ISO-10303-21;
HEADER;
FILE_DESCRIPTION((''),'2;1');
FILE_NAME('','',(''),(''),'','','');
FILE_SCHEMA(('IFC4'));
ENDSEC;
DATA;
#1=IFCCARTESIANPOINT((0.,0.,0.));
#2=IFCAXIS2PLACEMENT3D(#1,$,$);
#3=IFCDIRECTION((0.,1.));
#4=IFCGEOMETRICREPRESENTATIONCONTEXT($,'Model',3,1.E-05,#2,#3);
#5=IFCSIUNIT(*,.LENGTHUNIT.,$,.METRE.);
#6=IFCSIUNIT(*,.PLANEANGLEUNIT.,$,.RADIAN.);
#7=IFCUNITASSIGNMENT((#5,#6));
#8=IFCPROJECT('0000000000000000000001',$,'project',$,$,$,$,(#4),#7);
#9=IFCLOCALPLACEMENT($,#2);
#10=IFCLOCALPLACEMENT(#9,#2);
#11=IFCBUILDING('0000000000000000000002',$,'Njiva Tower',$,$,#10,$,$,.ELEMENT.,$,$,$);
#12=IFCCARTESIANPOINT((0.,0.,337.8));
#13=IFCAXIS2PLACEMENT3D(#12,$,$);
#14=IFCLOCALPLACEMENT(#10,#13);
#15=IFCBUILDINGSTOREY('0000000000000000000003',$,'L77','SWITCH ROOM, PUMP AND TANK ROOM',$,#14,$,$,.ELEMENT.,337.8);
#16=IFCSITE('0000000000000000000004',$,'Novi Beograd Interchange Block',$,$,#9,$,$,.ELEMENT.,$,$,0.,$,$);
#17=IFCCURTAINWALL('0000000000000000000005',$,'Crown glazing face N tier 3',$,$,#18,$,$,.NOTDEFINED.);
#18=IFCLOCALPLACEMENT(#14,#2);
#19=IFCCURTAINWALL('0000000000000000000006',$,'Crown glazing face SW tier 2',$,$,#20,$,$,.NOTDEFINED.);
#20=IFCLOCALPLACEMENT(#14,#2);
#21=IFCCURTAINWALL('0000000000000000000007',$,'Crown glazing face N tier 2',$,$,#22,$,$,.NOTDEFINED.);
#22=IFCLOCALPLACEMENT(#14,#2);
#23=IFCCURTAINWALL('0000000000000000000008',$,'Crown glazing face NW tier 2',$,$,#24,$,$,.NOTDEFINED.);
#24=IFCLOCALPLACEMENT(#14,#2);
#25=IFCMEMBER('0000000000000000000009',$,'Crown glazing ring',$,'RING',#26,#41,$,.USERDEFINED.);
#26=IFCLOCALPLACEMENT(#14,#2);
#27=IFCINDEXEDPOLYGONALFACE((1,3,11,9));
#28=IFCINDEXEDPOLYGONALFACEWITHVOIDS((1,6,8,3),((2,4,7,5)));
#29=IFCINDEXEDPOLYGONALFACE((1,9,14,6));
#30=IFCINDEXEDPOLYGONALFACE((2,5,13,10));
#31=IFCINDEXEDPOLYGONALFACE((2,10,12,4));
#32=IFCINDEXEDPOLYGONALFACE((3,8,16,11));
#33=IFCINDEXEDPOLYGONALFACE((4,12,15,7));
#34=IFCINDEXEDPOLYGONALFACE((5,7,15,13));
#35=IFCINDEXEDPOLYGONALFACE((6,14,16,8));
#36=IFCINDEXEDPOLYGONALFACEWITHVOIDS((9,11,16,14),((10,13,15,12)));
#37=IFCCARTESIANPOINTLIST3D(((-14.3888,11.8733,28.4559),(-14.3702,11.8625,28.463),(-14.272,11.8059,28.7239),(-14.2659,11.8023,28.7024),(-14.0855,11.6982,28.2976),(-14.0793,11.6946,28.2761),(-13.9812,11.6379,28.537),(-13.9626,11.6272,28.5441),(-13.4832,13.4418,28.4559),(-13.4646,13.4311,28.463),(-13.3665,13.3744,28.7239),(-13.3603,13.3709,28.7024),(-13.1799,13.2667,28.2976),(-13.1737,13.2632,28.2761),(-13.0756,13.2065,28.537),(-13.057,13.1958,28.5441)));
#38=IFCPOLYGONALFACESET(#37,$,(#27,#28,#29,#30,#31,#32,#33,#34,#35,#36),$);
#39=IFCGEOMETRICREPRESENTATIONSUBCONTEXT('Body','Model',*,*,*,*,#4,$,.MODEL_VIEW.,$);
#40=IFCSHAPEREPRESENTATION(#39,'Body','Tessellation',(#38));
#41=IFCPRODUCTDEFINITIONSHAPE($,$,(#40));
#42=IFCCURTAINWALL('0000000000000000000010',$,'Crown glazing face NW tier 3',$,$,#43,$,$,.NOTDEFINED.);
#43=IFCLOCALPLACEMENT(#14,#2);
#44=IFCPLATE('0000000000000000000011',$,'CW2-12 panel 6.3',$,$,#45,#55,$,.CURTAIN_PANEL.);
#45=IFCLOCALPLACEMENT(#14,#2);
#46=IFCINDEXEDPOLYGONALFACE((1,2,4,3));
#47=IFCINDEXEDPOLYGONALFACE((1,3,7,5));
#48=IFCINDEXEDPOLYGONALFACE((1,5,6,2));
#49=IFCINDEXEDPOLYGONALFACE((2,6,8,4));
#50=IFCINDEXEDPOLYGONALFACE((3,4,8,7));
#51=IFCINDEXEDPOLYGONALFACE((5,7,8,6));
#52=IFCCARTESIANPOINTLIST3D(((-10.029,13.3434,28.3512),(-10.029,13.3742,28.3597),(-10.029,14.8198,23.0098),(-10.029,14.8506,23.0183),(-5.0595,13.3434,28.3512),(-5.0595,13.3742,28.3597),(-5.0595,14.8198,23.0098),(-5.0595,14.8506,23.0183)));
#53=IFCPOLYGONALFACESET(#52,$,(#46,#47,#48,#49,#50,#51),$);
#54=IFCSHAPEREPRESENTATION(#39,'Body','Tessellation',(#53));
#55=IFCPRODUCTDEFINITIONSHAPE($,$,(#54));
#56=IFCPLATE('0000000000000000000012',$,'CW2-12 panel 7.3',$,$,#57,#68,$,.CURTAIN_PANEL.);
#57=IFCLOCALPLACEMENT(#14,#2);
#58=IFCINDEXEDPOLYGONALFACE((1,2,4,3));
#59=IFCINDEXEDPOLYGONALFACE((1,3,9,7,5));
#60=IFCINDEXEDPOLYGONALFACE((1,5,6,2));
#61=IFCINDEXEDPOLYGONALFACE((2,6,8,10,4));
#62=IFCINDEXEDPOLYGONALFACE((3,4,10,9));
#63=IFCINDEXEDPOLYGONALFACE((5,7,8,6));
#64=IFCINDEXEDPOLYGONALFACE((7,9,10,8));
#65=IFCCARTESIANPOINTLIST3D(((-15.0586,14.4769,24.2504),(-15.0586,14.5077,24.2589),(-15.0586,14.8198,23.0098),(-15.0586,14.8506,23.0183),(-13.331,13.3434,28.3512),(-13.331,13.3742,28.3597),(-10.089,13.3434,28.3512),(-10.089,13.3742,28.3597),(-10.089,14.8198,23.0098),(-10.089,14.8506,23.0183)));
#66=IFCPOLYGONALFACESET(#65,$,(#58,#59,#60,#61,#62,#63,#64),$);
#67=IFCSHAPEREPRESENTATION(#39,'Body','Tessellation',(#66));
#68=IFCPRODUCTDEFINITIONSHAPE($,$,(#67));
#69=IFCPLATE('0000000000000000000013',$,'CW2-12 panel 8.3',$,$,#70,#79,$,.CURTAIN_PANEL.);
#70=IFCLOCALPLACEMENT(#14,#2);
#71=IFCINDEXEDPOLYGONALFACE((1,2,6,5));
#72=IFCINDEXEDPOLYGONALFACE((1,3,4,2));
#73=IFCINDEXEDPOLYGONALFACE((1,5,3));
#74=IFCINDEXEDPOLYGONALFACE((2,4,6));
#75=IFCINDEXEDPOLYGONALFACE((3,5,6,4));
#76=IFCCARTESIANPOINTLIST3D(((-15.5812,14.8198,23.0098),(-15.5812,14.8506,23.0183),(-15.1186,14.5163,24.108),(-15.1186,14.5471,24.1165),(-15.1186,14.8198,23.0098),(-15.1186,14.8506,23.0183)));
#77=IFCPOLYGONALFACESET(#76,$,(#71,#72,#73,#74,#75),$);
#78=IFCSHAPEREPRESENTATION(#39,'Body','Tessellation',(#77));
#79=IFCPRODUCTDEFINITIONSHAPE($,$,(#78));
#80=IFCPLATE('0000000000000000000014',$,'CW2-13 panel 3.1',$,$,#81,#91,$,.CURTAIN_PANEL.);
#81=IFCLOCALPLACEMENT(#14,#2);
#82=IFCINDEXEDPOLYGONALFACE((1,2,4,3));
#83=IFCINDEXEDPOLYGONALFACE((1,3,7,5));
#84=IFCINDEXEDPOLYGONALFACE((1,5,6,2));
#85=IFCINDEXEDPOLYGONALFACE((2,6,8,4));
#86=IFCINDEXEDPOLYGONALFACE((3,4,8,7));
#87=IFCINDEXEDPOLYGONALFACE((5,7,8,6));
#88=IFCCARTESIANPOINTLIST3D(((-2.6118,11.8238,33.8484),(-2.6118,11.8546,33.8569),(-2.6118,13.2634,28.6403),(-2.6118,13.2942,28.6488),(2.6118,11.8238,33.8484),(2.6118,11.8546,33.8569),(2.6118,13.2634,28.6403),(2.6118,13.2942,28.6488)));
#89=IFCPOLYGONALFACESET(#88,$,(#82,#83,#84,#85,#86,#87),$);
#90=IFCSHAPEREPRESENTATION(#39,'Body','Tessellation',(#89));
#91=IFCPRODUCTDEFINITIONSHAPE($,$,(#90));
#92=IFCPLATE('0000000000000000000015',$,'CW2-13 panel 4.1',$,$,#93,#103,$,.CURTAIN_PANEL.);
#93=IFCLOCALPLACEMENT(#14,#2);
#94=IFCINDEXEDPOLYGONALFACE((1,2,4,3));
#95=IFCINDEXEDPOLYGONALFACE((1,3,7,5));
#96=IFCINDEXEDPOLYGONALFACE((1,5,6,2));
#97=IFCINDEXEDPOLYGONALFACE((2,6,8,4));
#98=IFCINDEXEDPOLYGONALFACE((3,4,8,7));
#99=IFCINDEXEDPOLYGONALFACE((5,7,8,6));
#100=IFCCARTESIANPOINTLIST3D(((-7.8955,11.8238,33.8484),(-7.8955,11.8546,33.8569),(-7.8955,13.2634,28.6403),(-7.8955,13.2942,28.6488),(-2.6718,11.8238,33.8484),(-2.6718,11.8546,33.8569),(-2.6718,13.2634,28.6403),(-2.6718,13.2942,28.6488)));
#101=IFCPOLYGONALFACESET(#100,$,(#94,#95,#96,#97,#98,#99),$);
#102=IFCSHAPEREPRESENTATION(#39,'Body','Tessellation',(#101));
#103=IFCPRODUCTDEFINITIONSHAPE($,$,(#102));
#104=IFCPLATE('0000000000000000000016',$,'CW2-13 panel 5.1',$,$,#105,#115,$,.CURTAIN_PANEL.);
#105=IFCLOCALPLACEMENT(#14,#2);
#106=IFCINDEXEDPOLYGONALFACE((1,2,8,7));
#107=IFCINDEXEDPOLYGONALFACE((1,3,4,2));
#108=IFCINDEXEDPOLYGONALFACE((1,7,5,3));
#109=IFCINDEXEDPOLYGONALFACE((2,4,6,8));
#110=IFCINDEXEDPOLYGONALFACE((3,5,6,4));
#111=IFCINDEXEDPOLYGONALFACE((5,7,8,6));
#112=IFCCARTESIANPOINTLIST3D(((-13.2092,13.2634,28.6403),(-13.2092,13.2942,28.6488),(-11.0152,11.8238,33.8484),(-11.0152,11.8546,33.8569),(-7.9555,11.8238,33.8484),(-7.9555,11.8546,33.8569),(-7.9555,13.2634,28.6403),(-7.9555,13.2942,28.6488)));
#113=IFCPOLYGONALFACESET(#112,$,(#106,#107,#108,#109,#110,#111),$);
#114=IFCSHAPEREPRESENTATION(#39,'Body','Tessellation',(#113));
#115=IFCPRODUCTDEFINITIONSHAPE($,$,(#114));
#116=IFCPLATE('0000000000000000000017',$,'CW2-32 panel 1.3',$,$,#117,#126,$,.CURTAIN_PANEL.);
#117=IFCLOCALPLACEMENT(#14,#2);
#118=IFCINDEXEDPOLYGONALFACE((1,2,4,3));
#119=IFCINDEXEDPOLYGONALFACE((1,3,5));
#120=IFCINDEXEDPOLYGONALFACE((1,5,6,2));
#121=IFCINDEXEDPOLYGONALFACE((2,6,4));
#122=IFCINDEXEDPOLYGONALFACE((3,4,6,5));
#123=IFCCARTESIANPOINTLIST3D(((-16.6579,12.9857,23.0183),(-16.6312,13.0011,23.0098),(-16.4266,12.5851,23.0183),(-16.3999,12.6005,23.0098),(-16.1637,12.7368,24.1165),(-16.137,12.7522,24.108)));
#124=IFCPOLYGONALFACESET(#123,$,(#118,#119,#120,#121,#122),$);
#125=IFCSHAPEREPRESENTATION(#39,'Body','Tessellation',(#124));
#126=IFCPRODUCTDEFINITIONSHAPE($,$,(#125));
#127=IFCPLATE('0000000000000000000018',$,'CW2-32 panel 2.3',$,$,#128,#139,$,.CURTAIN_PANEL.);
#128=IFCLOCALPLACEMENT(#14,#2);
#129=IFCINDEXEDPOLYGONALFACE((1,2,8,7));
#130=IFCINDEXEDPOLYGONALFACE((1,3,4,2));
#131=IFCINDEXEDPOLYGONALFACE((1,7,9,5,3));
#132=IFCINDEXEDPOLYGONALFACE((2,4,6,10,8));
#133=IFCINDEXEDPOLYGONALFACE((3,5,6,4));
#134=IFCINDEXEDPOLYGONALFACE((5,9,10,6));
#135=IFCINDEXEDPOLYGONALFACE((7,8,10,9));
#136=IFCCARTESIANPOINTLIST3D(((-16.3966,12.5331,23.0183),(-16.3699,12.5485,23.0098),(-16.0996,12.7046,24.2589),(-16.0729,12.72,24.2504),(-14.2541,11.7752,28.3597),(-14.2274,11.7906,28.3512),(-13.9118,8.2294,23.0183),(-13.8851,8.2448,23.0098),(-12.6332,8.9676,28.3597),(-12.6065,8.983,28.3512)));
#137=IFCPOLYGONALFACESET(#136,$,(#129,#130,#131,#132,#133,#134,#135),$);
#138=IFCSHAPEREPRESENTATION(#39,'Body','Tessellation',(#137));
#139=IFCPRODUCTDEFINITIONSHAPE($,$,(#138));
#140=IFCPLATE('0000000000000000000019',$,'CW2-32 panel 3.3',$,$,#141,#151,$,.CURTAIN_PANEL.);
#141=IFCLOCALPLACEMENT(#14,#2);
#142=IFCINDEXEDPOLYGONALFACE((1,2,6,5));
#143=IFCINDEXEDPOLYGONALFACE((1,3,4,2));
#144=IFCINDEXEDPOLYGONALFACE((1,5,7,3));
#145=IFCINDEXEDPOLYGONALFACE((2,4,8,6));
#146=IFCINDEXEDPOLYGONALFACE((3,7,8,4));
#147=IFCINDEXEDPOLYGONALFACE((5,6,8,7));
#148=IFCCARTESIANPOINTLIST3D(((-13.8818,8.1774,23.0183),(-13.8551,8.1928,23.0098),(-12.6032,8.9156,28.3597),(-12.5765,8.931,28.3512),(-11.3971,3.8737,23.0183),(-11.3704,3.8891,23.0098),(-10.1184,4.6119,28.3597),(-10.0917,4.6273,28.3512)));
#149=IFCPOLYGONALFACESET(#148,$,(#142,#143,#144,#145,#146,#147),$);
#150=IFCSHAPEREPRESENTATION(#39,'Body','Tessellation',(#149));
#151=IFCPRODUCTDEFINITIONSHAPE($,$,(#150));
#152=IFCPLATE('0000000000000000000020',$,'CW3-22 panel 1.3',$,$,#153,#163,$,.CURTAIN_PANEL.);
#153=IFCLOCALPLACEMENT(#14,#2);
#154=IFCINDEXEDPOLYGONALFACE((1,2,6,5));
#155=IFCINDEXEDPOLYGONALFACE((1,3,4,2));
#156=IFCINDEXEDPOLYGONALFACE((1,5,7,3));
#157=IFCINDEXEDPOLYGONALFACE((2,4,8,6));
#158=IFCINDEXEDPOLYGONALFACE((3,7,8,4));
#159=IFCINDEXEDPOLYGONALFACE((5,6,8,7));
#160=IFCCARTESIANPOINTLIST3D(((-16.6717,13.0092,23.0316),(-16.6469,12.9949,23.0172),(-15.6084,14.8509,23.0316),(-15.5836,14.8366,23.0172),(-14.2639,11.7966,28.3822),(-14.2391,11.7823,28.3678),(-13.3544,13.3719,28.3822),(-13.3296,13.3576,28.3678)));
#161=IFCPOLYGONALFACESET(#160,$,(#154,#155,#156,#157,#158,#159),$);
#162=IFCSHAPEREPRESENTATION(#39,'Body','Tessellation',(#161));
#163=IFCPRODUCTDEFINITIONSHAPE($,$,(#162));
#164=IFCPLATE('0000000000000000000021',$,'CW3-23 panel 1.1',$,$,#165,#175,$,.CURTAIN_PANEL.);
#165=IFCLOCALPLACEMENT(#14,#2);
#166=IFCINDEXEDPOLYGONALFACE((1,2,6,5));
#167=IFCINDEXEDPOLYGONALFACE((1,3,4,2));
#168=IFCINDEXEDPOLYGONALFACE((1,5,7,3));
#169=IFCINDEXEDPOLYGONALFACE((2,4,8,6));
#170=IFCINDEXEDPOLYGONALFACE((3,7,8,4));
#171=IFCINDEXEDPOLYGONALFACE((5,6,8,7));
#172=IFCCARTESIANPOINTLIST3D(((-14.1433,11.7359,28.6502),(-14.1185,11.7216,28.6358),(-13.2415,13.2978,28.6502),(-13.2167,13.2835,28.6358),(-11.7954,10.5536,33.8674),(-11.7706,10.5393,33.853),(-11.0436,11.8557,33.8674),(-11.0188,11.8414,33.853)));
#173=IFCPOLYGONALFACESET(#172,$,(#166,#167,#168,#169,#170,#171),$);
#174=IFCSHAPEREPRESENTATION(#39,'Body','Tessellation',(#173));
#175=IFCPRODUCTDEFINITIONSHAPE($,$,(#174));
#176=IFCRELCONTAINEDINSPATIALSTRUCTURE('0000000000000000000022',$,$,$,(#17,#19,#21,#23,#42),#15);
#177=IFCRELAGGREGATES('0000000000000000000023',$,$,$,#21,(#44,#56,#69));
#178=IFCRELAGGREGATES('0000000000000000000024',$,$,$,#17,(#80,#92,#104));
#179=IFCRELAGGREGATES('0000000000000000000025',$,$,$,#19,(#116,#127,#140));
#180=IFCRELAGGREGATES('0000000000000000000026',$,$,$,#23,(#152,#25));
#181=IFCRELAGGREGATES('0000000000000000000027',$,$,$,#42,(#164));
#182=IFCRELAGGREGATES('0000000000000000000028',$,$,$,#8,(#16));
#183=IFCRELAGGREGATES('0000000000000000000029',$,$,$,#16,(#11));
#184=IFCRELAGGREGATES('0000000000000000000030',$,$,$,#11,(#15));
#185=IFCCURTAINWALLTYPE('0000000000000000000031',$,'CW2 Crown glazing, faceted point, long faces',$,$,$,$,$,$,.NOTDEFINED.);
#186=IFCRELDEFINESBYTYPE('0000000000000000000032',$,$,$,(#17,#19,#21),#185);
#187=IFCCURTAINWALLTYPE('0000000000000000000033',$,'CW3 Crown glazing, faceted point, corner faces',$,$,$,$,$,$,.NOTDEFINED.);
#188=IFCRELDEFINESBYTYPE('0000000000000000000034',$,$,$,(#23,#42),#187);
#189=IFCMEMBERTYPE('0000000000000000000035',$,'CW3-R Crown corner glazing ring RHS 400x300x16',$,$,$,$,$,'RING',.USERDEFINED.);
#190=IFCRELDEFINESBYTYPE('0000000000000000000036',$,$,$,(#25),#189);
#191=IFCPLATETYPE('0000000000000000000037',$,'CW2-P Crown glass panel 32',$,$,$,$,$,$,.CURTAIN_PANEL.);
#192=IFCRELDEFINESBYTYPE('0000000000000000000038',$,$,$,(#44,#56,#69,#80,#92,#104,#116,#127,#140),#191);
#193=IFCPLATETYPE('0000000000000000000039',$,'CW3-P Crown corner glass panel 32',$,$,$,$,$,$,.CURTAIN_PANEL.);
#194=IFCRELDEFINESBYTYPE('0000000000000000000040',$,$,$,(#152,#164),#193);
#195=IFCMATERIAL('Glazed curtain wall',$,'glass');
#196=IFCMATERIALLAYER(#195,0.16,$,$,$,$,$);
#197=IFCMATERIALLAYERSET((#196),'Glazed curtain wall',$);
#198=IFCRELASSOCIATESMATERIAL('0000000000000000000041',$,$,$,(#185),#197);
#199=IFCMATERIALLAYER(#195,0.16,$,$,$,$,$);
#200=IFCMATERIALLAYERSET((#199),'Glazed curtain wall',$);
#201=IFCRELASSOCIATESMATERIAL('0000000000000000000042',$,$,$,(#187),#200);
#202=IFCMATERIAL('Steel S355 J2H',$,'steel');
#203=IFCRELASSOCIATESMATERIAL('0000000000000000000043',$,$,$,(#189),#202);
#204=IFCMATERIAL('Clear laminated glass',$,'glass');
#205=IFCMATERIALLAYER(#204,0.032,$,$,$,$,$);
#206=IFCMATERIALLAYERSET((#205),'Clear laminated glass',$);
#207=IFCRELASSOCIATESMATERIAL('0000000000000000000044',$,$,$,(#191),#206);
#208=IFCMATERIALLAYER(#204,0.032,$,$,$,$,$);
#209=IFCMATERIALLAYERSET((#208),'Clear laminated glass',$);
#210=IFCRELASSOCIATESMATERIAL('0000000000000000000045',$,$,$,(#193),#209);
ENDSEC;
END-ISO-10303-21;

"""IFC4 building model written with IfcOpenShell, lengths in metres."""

from ifc_helpers import new_model, si_unit, direction, frame, origin, origin_2d, place, context, subcontext, project, spatial, polyline, hollow_rectangle, outline, extrude, material, layer, layer_set, material_profile, profile_set, type_object, element, aggregate, save


model = new_model("IFC4")

# Units and contexts
model_context = context("Model", 3, precision=1e-05, world=origin(), true_north=direction((0.0, 1.0)))
body_context = subcontext(model_context, "Body", "Model", "MODEL_VIEW")
ifc_project = project(units=[si_unit("LENGTHUNIT", "METRE"), si_unit("PLANEANGLEUNIT", "RADIAN")], contexts=[model_context])

# Site, building, storey
site_placement = place(None, origin())
site = spatial("IfcSite", under=ifc_project, at=site_placement, Name="Novi Beograd Interchange Block", CompositionType="ELEMENT", RefElevation=0.0)
building_placement = place(site_placement, origin())
building = spatial("IfcBuilding", under=site, at=building_placement, Name="Njiva Tower", CompositionType="ELEMENT")
storey_placement = place(building_placement, frame((0.0, 0.0, 337.8)))
storey = spatial("IfcBuildingStorey", under=building, at=storey_placement, Name="L77", Description="SWITCH ROOM, PUMP AND TANK ROOM", CompositionType="ELEMENT", Elevation=337.8)

# Curtain wall
ifc_material_1 = material(Name="Glazed curtain wall", Category="glass")
ifc_layer_1 = layer(ifc_material_1, 0.16)
ifc_layer_set_1 = layer_set([ifc_layer_1], Name="Glazed curtain wall")
curtain_wall_type_1 = type_object("IfcCurtainWallType", Name="CW2 Crown glazing, faceted point, long faces", PredefinedType="NOTDEFINED", material=ifc_layer_set_1)
curtain_wall_1_placement = place(storey_placement, origin())
curtain_wall_1 = element("IfcCurtainWall", 1, at=curtain_wall_1_placement, inside=storey, type_object=curtain_wall_type_1, Name="Crown glazing face N tier 3", PredefinedType="NOTDEFINED")

# Curtain wall
curtain_wall_2_placement = place(storey_placement, origin())
curtain_wall_2 = element("IfcCurtainWall", 2, at=curtain_wall_2_placement, inside=storey, type_object=curtain_wall_type_1, Name="Crown glazing face SW tier 2", PredefinedType="NOTDEFINED")
ifc_material_2 = material(Name="Steel S355 J2H", Category="steel")

# Curtain wall
curtain_wall_3_placement = place(storey_placement, origin())
curtain_wall_3 = element("IfcCurtainWall", 3, at=curtain_wall_3_placement, inside=storey, type_object=curtain_wall_type_1, Name="Crown glazing face N tier 2", PredefinedType="NOTDEFINED")

# Curtain wall, member
ifc_layer_2 = layer(ifc_material_1, 0.16)
ifc_layer_set_2 = layer_set([ifc_layer_2], Name="Glazed curtain wall")
curtain_wall_type_2 = type_object("IfcCurtainWallType", Name="CW3 Crown glazing, faceted point, corner faces", PredefinedType="NOTDEFINED", material=ifc_layer_set_2)
curtain_wall_4_placement = place(storey_placement, origin())
curtain_wall_4 = element("IfcCurtainWall", 4, at=curtain_wall_4_placement, inside=storey, type_object=curtain_wall_type_2, Name="Crown glazing face NW tier 2", PredefinedType="NOTDEFINED")
ifc_material_profile_1 = material_profile(ifc_material_2, hollow_rectangle(XDim=0.3, YDim=0.4, WallThickness=0.016, at=origin_2d()), Name="BOX 400x300x16")
ifc_profile_set_1 = profile_set([ifc_material_profile_1], Name="Steel S355 J2H")
member_type_1 = type_object("IfcMemberType", Name="CW3-R Crown corner glazing ring RHS 400x300x16", ElementType="RING", PredefinedType="USERDEFINED", material=ifc_profile_set_1)
member_1_placement = place(storey_placement, frame((-13.2701, 13.3188, 28.5), z_axis=(-0.499987, -0.866033, 0.0), x_axis=(0.389184, -0.224688, 0.893337)))
member_1 = element("IfcMember", 5, at=member_1_placement, type_object=member_type_1, Name="Crown glazing ring", ObjectType="RING", PredefinedType="USERDEFINED", context=body_context, shape_type="SweptSolid", body=[
    extrude(hollow_rectangle(XDim=0.3, YDim=0.4, WallThickness=0.016, at=origin_2d()), origin(), (0.0, 0.0, 1.0), 1.8112),
])

# Curtain wall
curtain_wall_5_placement = place(storey_placement, origin())
curtain_wall_5 = element("IfcCurtainWall", 6, at=curtain_wall_5_placement, inside=storey, type_object=curtain_wall_type_2, Name="Crown glazing face NW tier 3", PredefinedType="NOTDEFINED")

# Plates
ifc_material_3 = material(Name="Clear laminated glass", Category="glass")
ifc_layer_3 = layer(ifc_material_3, 0.032)
ifc_layer_set_3 = layer_set([ifc_layer_3], Name="Clear laminated glass")
plate_type_1 = type_object("IfcPlateType", Name="CW2-P Crown glass panel 32", PredefinedType="CURTAIN_PANEL", material=ifc_layer_set_3)
plate_1_placement = place(storey_placement, frame((-5.0595, 13.3742, 28.3597), z_axis=(0.0, 0.963858, 0.266417), x_axis=(0.0, 0.266417, -0.963858)))
plate_1 = element("IfcPlate", 7, at=plate_1_placement, type_object=plate_type_1, Name="CW2-12 panel 6.3", PredefinedType="CURTAIN_PANEL", context=body_context, shape_type="SweptSolid", body=[
    extrude(outline(polyline([(0.0, 0.0), (5.5417, 0.0), (5.5417, 4.9695), (0.0, 4.9695), (0.0, 0.0)])), origin(), (0.0, 0.0, -1.0), 0.032),
])
plate_2_placement = place(storey_placement, frame((-10.089, 13.3742, 28.3597), z_axis=(0.000001, 0.963858, 0.266417), x_axis=(0.0, 0.266417, -0.963858)))
plate_2 = element("IfcPlate", 8, at=plate_2_placement, type_object=plate_type_1, Name="CW2-12 panel 7.3", PredefinedType="CURTAIN_PANEL", context=body_context, shape_type="SweptSolid", body=[
    extrude(outline(polyline([(0.0, 0.0), (5.5417, 0.0), (5.5417, 4.9696), (4.2546, 4.9696), (0.0, 3.242), (0.0, 0.0)])), origin(), (0.0, 0.0, -1.0), 0.032),
])
plate_3_placement = place(storey_placement, frame((-15.1186, 14.5471, 24.1165), z_axis=(0.0, 0.963869, 0.266376), x_axis=(0.0, 0.266376, -0.963869)))
plate_3 = element("IfcPlate", 9, at=plate_3_placement, type_object=plate_type_1, Name="CW2-12 panel 8.3", PredefinedType="CURTAIN_PANEL", context=body_context, shape_type="SweptSolid", body=[
    extrude(outline(polyline([(0.0, 0.0), (1.1394, 0.0), (1.1394, 0.4626), (0.0, 0.0)])), origin(), (0.0, 0.0, -1.0), 0.032),
])
aggregate(curtain_wall_3, [plate_1, plate_2, plate_3])
plate_4_placement = place(storey_placement, frame((-2.6118, 13.2942, 28.6488), z_axis=(0.0, 0.963856, 0.266425), x_axis=(0.0, -0.266425, 0.963856)))
plate_4 = element("IfcPlate", 10, at=plate_4_placement, type_object=plate_type_1, Name="CW2-13 panel 3.1", PredefinedType="CURTAIN_PANEL", context=body_context, shape_type="SweptSolid", body=[
    extrude(outline(polyline([(0.0, 0.0), (5.4034, 0.0), (5.4034, 5.2236), (0.0, 5.2236), (0.0, 0.0)])), origin(), (0.0, 0.0, -1.0), 0.032),
])
plate_5_placement = place(storey_placement, frame((-7.8955, 13.2942, 28.6488), z_axis=(0.0, 0.963856, 0.266425), x_axis=(0.0, -0.266425, 0.963856)))
plate_5 = element("IfcPlate", 11, at=plate_5_placement, type_object=plate_type_1, Name="CW2-13 panel 4.1", PredefinedType="CURTAIN_PANEL", context=body_context, shape_type="SweptSolid", body=[
    extrude(outline(polyline([(0.0, 0.0), (5.4034, 0.0), (5.4034, 5.2237), (0.0, 5.2237), (0.0, 0.0)])), origin(), (0.0, 0.0, -1.0), 0.032),
])
plate_6_placement = place(storey_placement, frame((-11.0152, 11.8546, 33.8569), z_axis=(0.0, 0.963856, 0.266425), x_axis=(1.0, 0.0, 0.0)))
plate_6 = element("IfcPlate", 12, at=plate_6_placement, type_object=plate_type_1, Name="CW2-13 panel 5.1", PredefinedType="CURTAIN_PANEL", context=body_context, shape_type="SweptSolid", body=[
    extrude(outline(polyline([(0.0, 0.0), (3.0597, 0.0), (3.0597, 5.4034), (-2.194, 5.4034), (0.0, 0.0)])), origin(), (0.0, 0.0, -1.0), 0.032),
])
aggregate(curtain_wall_1, [plate_4, plate_5, plate_6])
plate_7_placement = place(storey_placement, frame((-16.6579, 12.9857, 23.0183), z_axis=(-0.834718, -0.481952, 0.266399), x_axis=(0.500022, -0.866013, 0.0)))
plate_7 = element("IfcPlate", 13, at=plate_7_placement, type_object=plate_type_1, Name="CW2-32 panel 1.3", PredefinedType="CURTAIN_PANEL", context=body_context, shape_type="SweptSolid", body=[
    extrude(outline(polyline([(0.0, 0.0), (0.4626, 0.0), (0.4627, 1.1394), (0.0, 0.0)])), origin(), (0.0, 0.0, -1.0), 0.032),
])
plate_8_placement = place(storey_placement, frame((-16.0996, 12.7046, 24.2589), z_axis=(-0.834725, -0.481924, 0.266428), x_axis=(-0.230724, -0.133229, -0.963855)))
plate_8 = element("IfcPlate", 14, at=plate_8_placement, type_object=plate_type_1, Name="CW2-32 panel 2.3", PredefinedType="CURTAIN_PANEL", context=body_context, shape_type="SweptSolid", body=[
    extrude(outline(polyline([(0.0, 0.0), (1.2871, 0.0), (1.2872, 4.9695), (-4.2545, 4.9696), (-4.2546, 1.7277), (0.0, 0.0)])), origin(), (0.0, 0.0, -1.0), 0.032),
])
plate_9_placement = place(storey_placement, frame((-12.6032, 8.9156, 28.3597), z_axis=(-0.834723, -0.481929, 0.266424), x_axis=(-0.23073, -0.133212, -0.963856)))
plate_9 = element("IfcPlate", 15, at=plate_9_placement, type_object=plate_type_1, Name="CW2-32 panel 3.3", PredefinedType="CURTAIN_PANEL", context=body_context, shape_type="SweptSolid", body=[
    extrude(outline(polyline([(0.0, 0.0), (5.5417, 0.0), (5.5417, 4.9695), (0.0, 4.9695), (0.0, 0.0)])), origin(), (0.0, 0.0, -1.0), 0.032),
])
aggregate(curtain_wall_2, [plate_7, plate_8, plate_9])
ifc_layer_4 = layer(ifc_material_3, 0.032)
ifc_layer_set_4 = layer_set([ifc_layer_4], Name="Clear laminated glass")
plate_type_2 = type_object("IfcPlateType", Name="CW3-P Crown corner glass panel 32", PredefinedType="CURTAIN_PANEL", material=ifc_layer_set_4)
plate_10_placement = place(storey_placement, frame((-15.6084, 14.8509, 23.0316), z_axis=(-0.773657, 0.44667, 0.449379), x_axis=(-0.499999, -0.866026, 0.0)))
plate_10 = element("IfcPlate", 16, at=plate_10_placement, type_object=plate_type_2, Name="CW3-22 panel 1.3", PredefinedType="CURTAIN_PANEL", context=body_context, shape_type="SweptSolid", body=[
    extrude(outline(polyline([(0.0, 0.0), (2.1266, 0.0), (1.9729, 5.9894), (0.1539, 5.9894), (0.0, 0.0)])), origin(), (0.0, 0.0, -1.0), 0.032),
])
aggregate(curtain_wall_4, [plate_10, member_1])
plate_11_placement = place(storey_placement, frame((-11.7954, 10.5536, 33.8674), z_axis=(-0.773644, 0.446682, 0.449389), x_axis=(0.500016, 0.866016, 0.0)))
plate_11 = element("IfcPlate", 17, at=plate_11_placement, type_object=plate_type_2, Name="CW3-23 panel 1.1", PredefinedType="CURTAIN_PANEL", context=body_context, shape_type="SweptSolid", body=[
    extrude(outline(polyline([(0.0, 0.0), (1.5036, 0.0), (1.6534, 5.8401), (-0.1501, 5.8401), (0.0, 0.0)])), origin(), (0.0, 0.0, -1.0), 0.032),
])
aggregate(curtain_wall_5, [plate_11])

save(model, "model.ifc")
